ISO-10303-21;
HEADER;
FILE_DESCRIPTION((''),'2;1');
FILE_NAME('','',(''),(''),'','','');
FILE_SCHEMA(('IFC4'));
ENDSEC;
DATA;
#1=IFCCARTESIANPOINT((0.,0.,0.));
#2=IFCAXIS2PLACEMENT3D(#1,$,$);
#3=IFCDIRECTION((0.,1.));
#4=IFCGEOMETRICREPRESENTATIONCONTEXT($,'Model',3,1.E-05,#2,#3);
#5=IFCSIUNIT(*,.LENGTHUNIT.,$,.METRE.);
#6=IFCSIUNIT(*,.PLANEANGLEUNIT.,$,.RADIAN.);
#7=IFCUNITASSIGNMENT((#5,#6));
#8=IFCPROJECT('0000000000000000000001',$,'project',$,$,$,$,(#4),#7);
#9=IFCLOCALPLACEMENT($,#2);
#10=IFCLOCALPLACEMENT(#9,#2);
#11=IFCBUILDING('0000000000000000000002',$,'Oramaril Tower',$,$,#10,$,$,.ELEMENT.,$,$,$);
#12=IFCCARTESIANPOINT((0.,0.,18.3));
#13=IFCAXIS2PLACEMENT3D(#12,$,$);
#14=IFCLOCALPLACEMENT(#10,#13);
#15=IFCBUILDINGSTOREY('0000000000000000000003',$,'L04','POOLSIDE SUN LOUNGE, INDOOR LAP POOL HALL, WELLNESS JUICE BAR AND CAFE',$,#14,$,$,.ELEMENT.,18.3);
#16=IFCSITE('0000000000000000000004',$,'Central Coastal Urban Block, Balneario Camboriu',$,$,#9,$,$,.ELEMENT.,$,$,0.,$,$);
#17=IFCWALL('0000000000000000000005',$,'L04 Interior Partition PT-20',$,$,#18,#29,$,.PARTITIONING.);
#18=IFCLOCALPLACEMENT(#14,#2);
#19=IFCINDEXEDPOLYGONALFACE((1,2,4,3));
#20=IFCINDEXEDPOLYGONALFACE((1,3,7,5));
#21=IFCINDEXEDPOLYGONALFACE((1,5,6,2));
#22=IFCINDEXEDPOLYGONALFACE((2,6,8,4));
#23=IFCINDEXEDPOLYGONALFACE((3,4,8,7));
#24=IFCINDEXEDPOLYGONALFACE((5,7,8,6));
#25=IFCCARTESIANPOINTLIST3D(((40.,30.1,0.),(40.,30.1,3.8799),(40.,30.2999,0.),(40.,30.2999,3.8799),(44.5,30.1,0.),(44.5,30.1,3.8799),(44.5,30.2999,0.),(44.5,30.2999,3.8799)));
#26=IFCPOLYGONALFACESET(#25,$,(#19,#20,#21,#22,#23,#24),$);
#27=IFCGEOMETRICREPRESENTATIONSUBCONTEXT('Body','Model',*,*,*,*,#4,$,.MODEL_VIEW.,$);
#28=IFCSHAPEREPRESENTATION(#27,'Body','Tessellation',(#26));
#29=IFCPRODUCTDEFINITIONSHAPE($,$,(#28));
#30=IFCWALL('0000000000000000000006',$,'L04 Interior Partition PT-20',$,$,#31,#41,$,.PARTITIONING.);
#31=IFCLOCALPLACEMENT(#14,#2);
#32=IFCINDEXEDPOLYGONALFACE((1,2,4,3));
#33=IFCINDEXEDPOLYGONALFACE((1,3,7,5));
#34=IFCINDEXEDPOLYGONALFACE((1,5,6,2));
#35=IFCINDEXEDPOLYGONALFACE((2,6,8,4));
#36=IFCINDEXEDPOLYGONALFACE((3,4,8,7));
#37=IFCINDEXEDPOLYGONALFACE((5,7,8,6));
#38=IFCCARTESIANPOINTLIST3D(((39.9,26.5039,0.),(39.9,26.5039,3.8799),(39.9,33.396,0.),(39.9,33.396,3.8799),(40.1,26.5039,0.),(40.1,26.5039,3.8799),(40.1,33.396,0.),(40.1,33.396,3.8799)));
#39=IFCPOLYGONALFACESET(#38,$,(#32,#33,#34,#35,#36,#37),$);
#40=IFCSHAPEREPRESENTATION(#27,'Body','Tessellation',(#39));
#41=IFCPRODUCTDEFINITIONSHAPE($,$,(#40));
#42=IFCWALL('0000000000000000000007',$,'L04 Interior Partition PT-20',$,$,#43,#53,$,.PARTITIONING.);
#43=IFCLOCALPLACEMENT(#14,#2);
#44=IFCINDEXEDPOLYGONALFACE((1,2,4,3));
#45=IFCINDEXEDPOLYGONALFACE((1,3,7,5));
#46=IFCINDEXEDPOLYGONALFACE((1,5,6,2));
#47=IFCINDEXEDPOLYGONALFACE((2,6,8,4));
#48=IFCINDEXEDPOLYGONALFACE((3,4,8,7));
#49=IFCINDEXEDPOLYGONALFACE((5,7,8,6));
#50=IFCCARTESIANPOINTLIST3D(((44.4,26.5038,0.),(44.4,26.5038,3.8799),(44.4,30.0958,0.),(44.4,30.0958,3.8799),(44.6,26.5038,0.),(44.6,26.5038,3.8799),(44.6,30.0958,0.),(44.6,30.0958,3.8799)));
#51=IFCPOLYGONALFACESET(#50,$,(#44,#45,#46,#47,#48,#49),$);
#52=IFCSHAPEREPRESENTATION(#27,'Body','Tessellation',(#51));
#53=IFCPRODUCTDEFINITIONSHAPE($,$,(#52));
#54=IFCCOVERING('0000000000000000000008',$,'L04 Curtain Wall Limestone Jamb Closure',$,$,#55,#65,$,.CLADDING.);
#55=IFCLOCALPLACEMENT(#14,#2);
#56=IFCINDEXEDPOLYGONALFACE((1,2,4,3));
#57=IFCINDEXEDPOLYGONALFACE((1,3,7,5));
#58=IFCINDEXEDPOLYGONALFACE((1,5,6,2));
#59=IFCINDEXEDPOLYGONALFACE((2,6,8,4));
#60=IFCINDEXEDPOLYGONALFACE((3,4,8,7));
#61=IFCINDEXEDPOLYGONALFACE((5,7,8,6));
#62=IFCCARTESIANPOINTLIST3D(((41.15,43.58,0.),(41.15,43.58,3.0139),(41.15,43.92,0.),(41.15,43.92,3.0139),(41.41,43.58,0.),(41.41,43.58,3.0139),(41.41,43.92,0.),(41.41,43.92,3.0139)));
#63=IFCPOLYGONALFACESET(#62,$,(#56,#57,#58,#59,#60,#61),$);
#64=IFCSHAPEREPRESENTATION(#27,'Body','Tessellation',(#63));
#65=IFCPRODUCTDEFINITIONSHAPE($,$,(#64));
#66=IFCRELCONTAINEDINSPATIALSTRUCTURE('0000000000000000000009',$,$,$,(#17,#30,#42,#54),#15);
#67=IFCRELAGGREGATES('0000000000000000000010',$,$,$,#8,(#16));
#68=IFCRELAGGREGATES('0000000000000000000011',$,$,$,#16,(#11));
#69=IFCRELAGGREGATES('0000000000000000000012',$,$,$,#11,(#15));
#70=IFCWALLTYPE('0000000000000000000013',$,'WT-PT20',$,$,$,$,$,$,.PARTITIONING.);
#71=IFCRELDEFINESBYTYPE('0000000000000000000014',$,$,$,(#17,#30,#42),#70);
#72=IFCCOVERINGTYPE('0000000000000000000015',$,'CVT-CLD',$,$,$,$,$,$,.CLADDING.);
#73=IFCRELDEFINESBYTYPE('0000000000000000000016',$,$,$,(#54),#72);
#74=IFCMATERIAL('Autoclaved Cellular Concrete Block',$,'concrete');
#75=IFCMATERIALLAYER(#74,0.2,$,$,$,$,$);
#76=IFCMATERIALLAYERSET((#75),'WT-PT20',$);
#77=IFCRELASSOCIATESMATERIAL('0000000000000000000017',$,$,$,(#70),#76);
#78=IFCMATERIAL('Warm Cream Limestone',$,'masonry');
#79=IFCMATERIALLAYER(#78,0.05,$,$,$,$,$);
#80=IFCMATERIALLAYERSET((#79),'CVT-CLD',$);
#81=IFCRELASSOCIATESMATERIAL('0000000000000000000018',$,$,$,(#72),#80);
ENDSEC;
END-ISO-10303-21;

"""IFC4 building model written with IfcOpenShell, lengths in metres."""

from ifc_helpers import new_model, si_unit, direction, frame, frame_2d, origin, origin_2d, place, context, subcontext, project, spatial, rectangle, extrude, material, layer, layer_set, type_object, element, save


model = new_model("IFC4")

# Units and contexts
model_context = context("Model", 3, precision=1e-05, world=origin(), true_north=direction((0.0, 1.0)))
body_context = subcontext(model_context, "Body", "Model", "MODEL_VIEW")
ifc_project = project(units=[si_unit("LENGTHUNIT", "METRE"), si_unit("PLANEANGLEUNIT", "RADIAN")], contexts=[model_context])

# Site, building, storey
site_placement = place(None, origin())
site = spatial("IfcSite", under=ifc_project, at=site_placement, Name="Central Coastal Urban Block, Balneario Camboriu", CompositionType="ELEMENT", RefElevation=0.0)
building_placement = place(site_placement, origin())
building = spatial("IfcBuilding", under=site, at=building_placement, Name="Oramaril Tower", CompositionType="ELEMENT")
storey_placement = place(building_placement, frame((0.0, 0.0, 18.3)))
storey = spatial("IfcBuildingStorey", under=building, at=storey_placement, Name="L04", Description="POOLSIDE SUN LOUNGE, INDOOR LAP POOL HALL, WELLNESS JUICE BAR AND CAFE", CompositionType="ELEMENT", Elevation=18.3)

# Walls
ifc_material_1 = material(Name="Autoclaved Cellular Concrete Block", Category="concrete")
ifc_layer_1 = layer(ifc_material_1, 0.2)
ifc_layer_set_1 = layer_set([ifc_layer_1], Name="WT-PT20")
wall_type_1 = type_object("IfcWallType", Name="WT-PT20", PredefinedType="PARTITIONING", material=ifc_layer_set_1)
wall_1_placement = place(storey_placement, frame((40.0, 30.2, 0.0), z_axis=(0.0, 0.0, 1.0), x_axis=(1.0, 0.0, 0.0)))
element("IfcWall", 1, at=wall_1_placement, inside=storey, type_object=wall_type_1, Name="L04 Interior Partition PT-20", PredefinedType="PARTITIONING", context=body_context, shape_type="SweptSolid", body=[
    extrude(rectangle(XDim=4.5, YDim=0.2, at=frame_2d((2.25, 0.0))), origin(), (0.0, 0.0, 1.0), 3.8799),
])
wall_2_placement = place(storey_placement, frame((40.0, 26.5039, 0.0), z_axis=(0.0, 0.0, 1.0), x_axis=(0.0, 1.0, 0.0)))
element("IfcWall", 2, at=wall_2_placement, inside=storey, type_object=wall_type_1, Name="L04 Interior Partition PT-20", PredefinedType="PARTITIONING", context=body_context, shape_type="SweptSolid", body=[
    extrude(rectangle(XDim=6.8921, YDim=0.2, at=frame_2d((3.446, 0.0))), origin(), (0.0, 0.0, 1.0), 3.8799),
])
wall_3_placement = place(storey_placement, frame((44.5, 26.5039, 0.0), z_axis=(0.0, 0.0, 1.0), x_axis=(0.0, 1.0, 0.0)))
element("IfcWall", 3, at=wall_3_placement, inside=storey, type_object=wall_type_1, Name="L04 Interior Partition PT-20", PredefinedType="PARTITIONING", context=body_context, shape_type="SweptSolid", body=[
    extrude(rectangle(XDim=3.592, YDim=0.2, at=frame_2d((1.7959, 0.0))), origin(), (0.0, 0.0, 1.0), 3.8799),
])

# Covering
ifc_material_2 = material(Name="Warm Cream Limestone", Category="masonry")
ifc_layer_2 = layer(ifc_material_2, 0.05)
ifc_layer_set_2 = layer_set([ifc_layer_2], Name="CVT-CLD")
covering_type = type_object("IfcCoveringType", Name="CVT-CLD", PredefinedType="CLADDING", material=ifc_layer_set_2)
covering_placement = place(storey_placement, frame((41.28, 43.75, 0.0), z_axis=(0.0, 0.0, 1.0), x_axis=(-1.0, 0.0, 0.0)))
element("IfcCovering", 4, at=covering_placement, inside=storey, type_object=covering_type, Name="L04 Curtain Wall Limestone Jamb Closure", PredefinedType="CLADDING", context=body_context, shape_type="SweptSolid", body=[
    extrude(rectangle(XDim=0.26, YDim=0.3401, at=origin_2d()), origin(), (0.0, 0.0, 1.0), 3.0139),
])

save(model, "model.ifc")
